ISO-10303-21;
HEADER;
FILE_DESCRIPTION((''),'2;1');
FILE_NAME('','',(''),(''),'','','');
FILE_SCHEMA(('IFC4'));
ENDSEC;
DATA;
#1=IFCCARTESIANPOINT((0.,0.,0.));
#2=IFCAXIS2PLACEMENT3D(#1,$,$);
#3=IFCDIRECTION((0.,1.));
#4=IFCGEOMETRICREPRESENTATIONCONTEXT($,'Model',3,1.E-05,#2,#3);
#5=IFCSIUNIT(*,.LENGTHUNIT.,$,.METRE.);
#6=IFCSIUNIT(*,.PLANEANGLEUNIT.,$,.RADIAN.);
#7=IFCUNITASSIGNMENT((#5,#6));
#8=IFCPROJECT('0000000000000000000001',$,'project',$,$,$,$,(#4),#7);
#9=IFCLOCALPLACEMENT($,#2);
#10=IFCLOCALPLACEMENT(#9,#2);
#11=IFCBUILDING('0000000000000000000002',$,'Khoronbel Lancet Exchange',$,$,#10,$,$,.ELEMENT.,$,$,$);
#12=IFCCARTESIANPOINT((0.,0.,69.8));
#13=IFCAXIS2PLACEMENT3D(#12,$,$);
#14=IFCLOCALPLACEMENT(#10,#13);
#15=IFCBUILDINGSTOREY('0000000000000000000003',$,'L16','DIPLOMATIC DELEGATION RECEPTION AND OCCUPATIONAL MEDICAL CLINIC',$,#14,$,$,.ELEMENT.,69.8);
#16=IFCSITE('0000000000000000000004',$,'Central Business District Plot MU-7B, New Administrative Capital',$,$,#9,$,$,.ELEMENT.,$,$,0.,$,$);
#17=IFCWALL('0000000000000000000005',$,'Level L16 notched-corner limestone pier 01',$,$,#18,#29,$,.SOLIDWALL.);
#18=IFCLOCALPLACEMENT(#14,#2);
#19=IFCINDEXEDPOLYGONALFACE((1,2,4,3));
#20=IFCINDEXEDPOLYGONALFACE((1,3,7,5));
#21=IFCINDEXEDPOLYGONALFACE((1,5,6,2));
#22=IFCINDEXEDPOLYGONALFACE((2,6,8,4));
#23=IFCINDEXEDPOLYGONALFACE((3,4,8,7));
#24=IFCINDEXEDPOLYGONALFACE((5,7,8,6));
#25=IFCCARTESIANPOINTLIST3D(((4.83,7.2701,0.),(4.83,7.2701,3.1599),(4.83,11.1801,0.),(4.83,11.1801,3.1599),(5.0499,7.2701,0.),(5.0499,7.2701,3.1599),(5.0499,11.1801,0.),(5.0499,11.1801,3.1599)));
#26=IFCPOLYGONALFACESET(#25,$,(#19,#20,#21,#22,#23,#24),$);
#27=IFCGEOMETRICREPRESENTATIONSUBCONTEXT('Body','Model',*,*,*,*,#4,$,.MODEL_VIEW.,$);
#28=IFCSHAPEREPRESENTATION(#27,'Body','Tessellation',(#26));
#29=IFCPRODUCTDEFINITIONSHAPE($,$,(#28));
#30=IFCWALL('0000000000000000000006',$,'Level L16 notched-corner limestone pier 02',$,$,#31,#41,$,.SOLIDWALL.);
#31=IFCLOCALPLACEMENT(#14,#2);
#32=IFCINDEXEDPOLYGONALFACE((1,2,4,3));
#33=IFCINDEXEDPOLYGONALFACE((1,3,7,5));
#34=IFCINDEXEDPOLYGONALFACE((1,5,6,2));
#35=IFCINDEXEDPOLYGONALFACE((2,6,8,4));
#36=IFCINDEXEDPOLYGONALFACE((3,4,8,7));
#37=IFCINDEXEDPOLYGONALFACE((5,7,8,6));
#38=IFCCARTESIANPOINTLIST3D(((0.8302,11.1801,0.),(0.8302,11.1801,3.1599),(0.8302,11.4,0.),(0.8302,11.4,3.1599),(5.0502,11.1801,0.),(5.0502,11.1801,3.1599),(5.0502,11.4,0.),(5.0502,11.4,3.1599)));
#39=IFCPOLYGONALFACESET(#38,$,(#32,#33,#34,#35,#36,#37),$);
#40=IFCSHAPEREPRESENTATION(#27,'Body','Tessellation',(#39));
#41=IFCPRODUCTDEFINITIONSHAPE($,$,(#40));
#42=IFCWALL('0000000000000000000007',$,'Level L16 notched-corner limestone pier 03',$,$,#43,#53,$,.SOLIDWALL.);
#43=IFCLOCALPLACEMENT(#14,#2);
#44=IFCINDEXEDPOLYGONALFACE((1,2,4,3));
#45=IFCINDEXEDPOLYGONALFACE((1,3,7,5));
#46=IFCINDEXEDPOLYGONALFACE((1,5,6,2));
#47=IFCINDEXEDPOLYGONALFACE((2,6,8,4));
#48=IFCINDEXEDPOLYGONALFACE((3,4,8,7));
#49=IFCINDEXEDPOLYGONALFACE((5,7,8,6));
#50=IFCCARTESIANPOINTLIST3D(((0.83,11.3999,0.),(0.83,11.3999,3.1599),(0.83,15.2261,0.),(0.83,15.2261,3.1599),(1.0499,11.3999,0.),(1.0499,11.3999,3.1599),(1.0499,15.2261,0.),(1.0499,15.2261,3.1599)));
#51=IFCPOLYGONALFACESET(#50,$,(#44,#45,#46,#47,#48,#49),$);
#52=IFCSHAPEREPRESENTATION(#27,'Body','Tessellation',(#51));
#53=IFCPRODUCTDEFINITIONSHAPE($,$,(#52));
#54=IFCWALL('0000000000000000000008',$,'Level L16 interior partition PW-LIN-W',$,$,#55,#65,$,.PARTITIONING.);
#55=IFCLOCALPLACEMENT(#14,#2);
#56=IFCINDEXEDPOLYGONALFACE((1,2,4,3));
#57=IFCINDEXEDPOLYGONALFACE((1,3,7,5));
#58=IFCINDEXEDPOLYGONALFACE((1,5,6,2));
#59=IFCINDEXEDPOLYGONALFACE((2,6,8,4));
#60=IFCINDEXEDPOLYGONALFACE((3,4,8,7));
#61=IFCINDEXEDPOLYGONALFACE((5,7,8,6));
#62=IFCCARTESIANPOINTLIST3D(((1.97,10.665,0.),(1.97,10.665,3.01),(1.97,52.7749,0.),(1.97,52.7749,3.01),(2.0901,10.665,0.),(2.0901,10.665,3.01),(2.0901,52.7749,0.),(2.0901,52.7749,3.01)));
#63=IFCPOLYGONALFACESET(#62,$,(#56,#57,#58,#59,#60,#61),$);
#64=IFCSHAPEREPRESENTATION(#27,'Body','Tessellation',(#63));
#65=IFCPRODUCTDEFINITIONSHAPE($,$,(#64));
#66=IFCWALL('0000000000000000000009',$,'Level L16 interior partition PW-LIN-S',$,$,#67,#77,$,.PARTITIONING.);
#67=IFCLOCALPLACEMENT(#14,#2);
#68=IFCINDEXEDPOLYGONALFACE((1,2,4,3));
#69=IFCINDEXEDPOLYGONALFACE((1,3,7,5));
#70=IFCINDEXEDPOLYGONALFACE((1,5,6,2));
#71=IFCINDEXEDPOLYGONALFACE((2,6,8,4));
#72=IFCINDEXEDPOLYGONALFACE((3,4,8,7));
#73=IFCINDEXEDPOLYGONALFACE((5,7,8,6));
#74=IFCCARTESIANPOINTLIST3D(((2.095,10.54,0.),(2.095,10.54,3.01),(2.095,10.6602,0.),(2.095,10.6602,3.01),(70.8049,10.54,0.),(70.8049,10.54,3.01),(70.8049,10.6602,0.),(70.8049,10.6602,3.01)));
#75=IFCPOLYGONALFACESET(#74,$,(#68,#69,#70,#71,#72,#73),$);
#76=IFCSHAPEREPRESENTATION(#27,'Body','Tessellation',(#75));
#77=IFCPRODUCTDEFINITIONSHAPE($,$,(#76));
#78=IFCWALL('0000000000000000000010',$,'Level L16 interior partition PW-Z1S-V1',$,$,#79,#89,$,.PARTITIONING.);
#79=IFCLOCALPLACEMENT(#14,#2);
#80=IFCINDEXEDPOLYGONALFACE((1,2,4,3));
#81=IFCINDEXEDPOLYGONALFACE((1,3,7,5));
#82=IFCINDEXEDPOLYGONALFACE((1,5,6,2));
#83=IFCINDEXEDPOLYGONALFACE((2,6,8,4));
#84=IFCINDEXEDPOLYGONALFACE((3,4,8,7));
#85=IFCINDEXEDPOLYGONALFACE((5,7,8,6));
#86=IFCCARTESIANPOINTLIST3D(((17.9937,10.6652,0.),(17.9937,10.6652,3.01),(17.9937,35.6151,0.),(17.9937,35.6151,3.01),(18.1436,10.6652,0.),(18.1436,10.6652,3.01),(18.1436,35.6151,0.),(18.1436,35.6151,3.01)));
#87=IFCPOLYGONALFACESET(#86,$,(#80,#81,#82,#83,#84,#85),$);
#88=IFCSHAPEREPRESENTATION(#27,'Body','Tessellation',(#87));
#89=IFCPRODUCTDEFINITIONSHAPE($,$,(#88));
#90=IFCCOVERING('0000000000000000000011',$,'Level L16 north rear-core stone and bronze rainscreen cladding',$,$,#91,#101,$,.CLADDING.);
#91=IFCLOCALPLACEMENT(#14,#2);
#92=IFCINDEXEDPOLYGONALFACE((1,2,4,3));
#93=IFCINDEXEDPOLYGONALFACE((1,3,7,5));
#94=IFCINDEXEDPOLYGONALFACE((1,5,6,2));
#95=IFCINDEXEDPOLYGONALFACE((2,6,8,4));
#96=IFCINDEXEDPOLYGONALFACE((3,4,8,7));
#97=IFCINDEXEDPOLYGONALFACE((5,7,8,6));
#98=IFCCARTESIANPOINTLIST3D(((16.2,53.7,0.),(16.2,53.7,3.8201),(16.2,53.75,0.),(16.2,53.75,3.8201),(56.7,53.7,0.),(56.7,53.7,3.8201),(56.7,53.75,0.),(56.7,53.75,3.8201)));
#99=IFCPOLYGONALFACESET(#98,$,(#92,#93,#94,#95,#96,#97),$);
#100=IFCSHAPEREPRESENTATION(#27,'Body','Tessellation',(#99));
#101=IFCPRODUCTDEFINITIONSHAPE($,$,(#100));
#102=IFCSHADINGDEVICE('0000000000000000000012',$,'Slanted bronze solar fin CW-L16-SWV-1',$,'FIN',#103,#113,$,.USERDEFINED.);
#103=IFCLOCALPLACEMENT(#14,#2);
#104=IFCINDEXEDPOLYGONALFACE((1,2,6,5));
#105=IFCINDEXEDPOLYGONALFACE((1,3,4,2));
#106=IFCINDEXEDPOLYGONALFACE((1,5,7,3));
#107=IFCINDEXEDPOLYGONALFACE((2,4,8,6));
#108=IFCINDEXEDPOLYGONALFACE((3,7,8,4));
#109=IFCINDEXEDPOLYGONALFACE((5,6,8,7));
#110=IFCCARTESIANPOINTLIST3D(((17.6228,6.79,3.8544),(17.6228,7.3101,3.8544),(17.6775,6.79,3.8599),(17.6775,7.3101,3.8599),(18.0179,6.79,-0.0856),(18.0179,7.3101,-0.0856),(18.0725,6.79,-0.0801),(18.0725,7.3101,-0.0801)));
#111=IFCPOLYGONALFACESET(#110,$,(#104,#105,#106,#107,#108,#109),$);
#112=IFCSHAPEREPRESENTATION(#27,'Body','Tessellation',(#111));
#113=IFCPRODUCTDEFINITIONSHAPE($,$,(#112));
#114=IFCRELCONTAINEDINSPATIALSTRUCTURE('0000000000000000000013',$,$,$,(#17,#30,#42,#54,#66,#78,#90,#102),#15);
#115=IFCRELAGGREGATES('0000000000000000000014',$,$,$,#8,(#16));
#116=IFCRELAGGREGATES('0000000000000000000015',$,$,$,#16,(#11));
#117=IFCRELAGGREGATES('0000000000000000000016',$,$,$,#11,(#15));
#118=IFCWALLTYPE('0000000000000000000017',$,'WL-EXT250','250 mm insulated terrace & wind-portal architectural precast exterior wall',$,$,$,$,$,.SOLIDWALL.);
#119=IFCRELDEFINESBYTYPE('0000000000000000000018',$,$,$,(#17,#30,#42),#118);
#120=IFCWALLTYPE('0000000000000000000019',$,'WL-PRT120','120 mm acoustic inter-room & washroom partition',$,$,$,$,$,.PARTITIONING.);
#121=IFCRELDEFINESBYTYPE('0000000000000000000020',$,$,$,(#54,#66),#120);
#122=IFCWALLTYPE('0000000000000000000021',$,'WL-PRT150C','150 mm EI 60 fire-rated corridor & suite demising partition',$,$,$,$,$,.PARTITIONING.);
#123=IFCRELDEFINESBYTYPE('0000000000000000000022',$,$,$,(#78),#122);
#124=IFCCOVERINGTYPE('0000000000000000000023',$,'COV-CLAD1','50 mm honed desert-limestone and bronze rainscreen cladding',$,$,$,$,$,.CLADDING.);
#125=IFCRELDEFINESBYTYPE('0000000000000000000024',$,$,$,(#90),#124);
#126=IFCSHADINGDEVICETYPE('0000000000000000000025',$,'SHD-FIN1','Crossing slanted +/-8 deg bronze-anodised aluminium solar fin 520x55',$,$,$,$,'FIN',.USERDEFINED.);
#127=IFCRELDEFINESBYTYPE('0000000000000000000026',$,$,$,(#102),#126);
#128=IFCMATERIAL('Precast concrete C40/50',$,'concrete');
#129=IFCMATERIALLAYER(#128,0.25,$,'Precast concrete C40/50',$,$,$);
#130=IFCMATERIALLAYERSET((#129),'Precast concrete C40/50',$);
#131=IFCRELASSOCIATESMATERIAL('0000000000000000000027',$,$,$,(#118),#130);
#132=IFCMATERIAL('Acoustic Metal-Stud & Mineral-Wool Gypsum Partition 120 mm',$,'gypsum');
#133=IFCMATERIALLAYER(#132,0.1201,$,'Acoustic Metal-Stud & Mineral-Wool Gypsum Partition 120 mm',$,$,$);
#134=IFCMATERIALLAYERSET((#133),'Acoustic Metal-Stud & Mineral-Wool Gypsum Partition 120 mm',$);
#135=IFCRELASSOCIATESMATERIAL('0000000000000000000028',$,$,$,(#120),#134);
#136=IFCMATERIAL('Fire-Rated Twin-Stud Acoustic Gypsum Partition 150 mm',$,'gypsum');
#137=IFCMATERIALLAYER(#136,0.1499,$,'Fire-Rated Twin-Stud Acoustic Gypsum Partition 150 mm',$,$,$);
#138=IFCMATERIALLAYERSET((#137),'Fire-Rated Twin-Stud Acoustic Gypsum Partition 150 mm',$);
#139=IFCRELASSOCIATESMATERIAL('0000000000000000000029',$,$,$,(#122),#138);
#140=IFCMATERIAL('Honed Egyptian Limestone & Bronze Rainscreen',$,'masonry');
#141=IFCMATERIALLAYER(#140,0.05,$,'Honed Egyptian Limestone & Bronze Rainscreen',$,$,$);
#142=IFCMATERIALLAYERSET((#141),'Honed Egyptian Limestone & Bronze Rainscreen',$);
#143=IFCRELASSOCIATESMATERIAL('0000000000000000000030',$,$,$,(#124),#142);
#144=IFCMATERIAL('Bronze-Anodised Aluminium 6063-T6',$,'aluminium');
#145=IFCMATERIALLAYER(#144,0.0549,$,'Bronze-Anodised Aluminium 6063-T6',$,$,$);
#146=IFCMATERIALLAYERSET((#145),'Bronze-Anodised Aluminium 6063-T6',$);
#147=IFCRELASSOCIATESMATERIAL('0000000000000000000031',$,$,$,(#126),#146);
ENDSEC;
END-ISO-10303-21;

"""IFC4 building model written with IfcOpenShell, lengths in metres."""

from ifc_helpers import new_model, si_unit, direction, frame, frame_2d, origin, place, context, subcontext, project, spatial, polyline, rectangle, outline, extrude, material, layer, layer_set, type_object, element, save


model = new_model("IFC4")

# Units and contexts
model_context = context("Model", 3, precision=1e-05, world=origin(), true_north=direction((0.0, 1.0)))
body_context = subcontext(model_context, "Body", "Model", "MODEL_VIEW")
ifc_project = project(units=[si_unit("LENGTHUNIT", "METRE"), si_unit("PLANEANGLEUNIT", "RADIAN")], contexts=[model_context])

# Site, building, storey
site_placement = place(None, origin())
site = spatial("IfcSite", under=ifc_project, at=site_placement, Name="Central Business District Plot MU-7B, New Administrative Capital", CompositionType="ELEMENT", RefElevation=0.0)
building_placement = place(site_placement, origin())
building = spatial("IfcBuilding", under=site, at=building_placement, Name="Khoronbel Lancet Exchange", CompositionType="ELEMENT")
storey_placement = place(building_placement, frame((0.0, 0.0, 69.8)))
storey = spatial("IfcBuildingStorey", under=building, at=storey_placement, Name="L16", Description="DIPLOMATIC DELEGATION RECEPTION AND OCCUPATIONAL MEDICAL CLINIC", CompositionType="ELEMENT", Elevation=69.8)

# Shared definitions
ifc_material_1 = material(Name="Bronze-Anodised Aluminium 6063-T6", Category="aluminium")

# Walls
ifc_material_2 = material(Name="Precast concrete C40/50", Category="concrete")
ifc_layer_1 = layer(ifc_material_2, 0.25, Name="Precast concrete C40/50")
ifc_layer_set_1 = layer_set([ifc_layer_1], Name="Precast concrete C40/50")
wall_type_1 = type_object("IfcWallType", Name="WL-EXT250", Description="250 mm insulated terrace & wind-portal architectural precast exterior wall", PredefinedType="SOLIDWALL", material=ifc_layer_set_1)
wall_1_placement = place(storey_placement, frame((4.9399, 7.27, 0.0), z_axis=(0.0, 0.0, 1.0), x_axis=(0.0, 1.0, 0.0)))
element("IfcWall", 1, at=wall_1_placement, inside=storey, type_object=wall_type_1, Name="Level L16 notched-corner limestone pier 01", PredefinedType="SOLIDWALL", context=body_context, shape_type="SweptSolid", body=[
    extrude(rectangle(XDim=3.9099, YDim=0.22, at=frame_2d((1.9551, 0.0))), origin(), (0.0, 0.0, 1.0), 3.1599),
])
wall_2_placement = place(storey_placement, frame((5.05, 11.29, 0.0), z_axis=(0.0, 0.0, 1.0), x_axis=(-1.0, 0.0, 0.0)))
element("IfcWall", 2, at=wall_2_placement, inside=storey, type_object=wall_type_1, Name="Level L16 notched-corner limestone pier 02", PredefinedType="SOLIDWALL", context=body_context, shape_type="SweptSolid", body=[
    extrude(rectangle(XDim=4.22, YDim=0.22, at=frame_2d((2.1099, 0.0))), origin(), (0.0, 0.0, 1.0), 3.1599),
])
wall_3_placement = place(storey_placement, frame((0.9399, 11.3999, 0.0), z_axis=(0.0, 0.0, 1.0), x_axis=(0.0, 1.0, 0.0)))
element("IfcWall", 3, at=wall_3_placement, inside=storey, type_object=wall_type_1, Name="Level L16 notched-corner limestone pier 03", PredefinedType="SOLIDWALL", context=body_context, shape_type="SweptSolid", body=[
    extrude(rectangle(XDim=3.8262, YDim=0.22, at=frame_2d((1.9131, 0.0))), origin(), (0.0, 0.0, 1.0), 3.1599),
])
ifc_material_3 = material(Name="Acoustic Metal-Stud & Mineral-Wool Gypsum Partition 120 mm", Category="gypsum")
ifc_layer_2 = layer(ifc_material_3, 0.1201, Name="Acoustic Metal-Stud & Mineral-Wool Gypsum Partition 120 mm")
ifc_layer_set_2 = layer_set([ifc_layer_2], Name="Acoustic Metal-Stud & Mineral-Wool Gypsum Partition 120 mm")
wall_type_2 = type_object("IfcWallType", Name="WL-PRT120", Description="120 mm acoustic inter-room & washroom partition", PredefinedType="PARTITIONING", material=ifc_layer_set_2)
wall_4_placement = place(storey_placement, frame((2.03, 10.665, 0.0), z_axis=(0.0, 0.0, 1.0), x_axis=(0.0, 1.0, 0.0)))
element("IfcWall", 4, at=wall_4_placement, inside=storey, type_object=wall_type_2, Name="Level L16 interior partition PW-LIN-W", PredefinedType="PARTITIONING", context=body_context, shape_type="SweptSolid", body=[
    extrude(rectangle(XDim=42.1099, YDim=0.1201, at=frame_2d((21.0549, 0.0))), origin(), (0.0, 0.0, 1.0), 3.01),
])
wall_5_placement = place(storey_placement, frame((2.095, 10.6001, 0.0), z_axis=(0.0, 0.0, 1.0), x_axis=(1.0, 0.0, 0.0)))
element("IfcWall", 5, at=wall_5_placement, inside=storey, type_object=wall_type_2, Name="Level L16 interior partition PW-LIN-S", PredefinedType="PARTITIONING", context=body_context, shape_type="SweptSolid", body=[
    extrude(rectangle(XDim=68.71, YDim=0.1201, at=frame_2d((34.355, 0.0))), origin(), (0.0, 0.0, 1.0), 3.01),
])
ifc_material_4 = material(Name="Fire-Rated Twin-Stud Acoustic Gypsum Partition 150 mm", Category="gypsum")
ifc_layer_3 = layer(ifc_material_4, 0.1499, Name="Fire-Rated Twin-Stud Acoustic Gypsum Partition 150 mm")
ifc_layer_set_3 = layer_set([ifc_layer_3], Name="Fire-Rated Twin-Stud Acoustic Gypsum Partition 150 mm")
wall_type_3 = type_object("IfcWallType", Name="WL-PRT150C", Description="150 mm EI 60 fire-rated corridor & suite demising partition", PredefinedType="PARTITIONING", material=ifc_layer_set_3)
wall_6_placement = place(storey_placement, frame((18.0686, 10.665, 0.0), z_axis=(0.0, 0.0, 1.0), x_axis=(0.0, 1.0, 0.0)))
element("IfcWall", 6, at=wall_6_placement, inside=storey, type_object=wall_type_3, Name="Level L16 interior partition PW-Z1S-V1", PredefinedType="PARTITIONING", context=body_context, shape_type="SweptSolid", body=[
    extrude(rectangle(XDim=24.95, YDim=0.1499, at=frame_2d((12.4751, 0.0))), origin(), (0.0, 0.0, 1.0), 3.01),
])

# Covering
ifc_material_5 = material(Name="Honed Egyptian Limestone & Bronze Rainscreen", Category="masonry")
ifc_layer_4 = layer(ifc_material_5, 0.05, Name="Honed Egyptian Limestone & Bronze Rainscreen")
ifc_layer_set_4 = layer_set([ifc_layer_4], Name="Honed Egyptian Limestone & Bronze Rainscreen")
covering_type = type_object("IfcCoveringType", Name="COV-CLAD1", Description="50 mm honed desert-limestone and bronze rainscreen cladding", PredefinedType="CLADDING", material=ifc_layer_set_4)
covering_placement = place(storey_placement, origin())
element("IfcCovering", 7, at=covering_placement, inside=storey, type_object=covering_type, Name="Level L16 north rear-core stone and bronze rainscreen cladding", PredefinedType="CLADDING", context=body_context, shape_type="SweptSolid", body=[
    extrude(outline(polyline([(16.2, 53.7), (56.7, 53.7), (56.7, 53.75), (16.2, 53.75), (16.2, 53.7)])), origin(), (0.0, 0.0, 1.0), 3.8201),
])

# Shading device
ifc_layer_5 = layer(ifc_material_1, 0.0549, Name="Bronze-Anodised Aluminium 6063-T6")
ifc_layer_set_5 = layer_set([ifc_layer_5], Name="Bronze-Anodised Aluminium 6063-T6")
shading_device_type = type_object("IfcShadingDeviceType", Name="SHD-FIN1", Description="Crossing slanted +/-8 deg bronze-anodised aluminium solar fin 520x55", ElementType="FIN", PredefinedType="USERDEFINED", material=ifc_layer_set_5)
shading_device_placement = place(storey_placement, frame((18.0725, 7.3101, -0.0801), z_axis=(0.995012, 0.0, 0.09976), x_axis=(0.0, -1.0, 0.0)))
element("IfcShadingDevice", 8, at=shading_device_placement, inside=storey, type_object=shading_device_type, Name="Slanted bronze solar fin CW-L16-SWV-1", ObjectType="FIN", PredefinedType="USERDEFINED", context=body_context, shape_type="SweptSolid", body=[
    extrude(outline(polyline([(0.0, 0.0), (0.52, 0.0), (0.52, -3.9597), (0.0, -3.9597), (0.0, 0.0)])), origin(), (0.0, 0.0, -1.0), 0.0549),
])

save(model, "model.ifc")
